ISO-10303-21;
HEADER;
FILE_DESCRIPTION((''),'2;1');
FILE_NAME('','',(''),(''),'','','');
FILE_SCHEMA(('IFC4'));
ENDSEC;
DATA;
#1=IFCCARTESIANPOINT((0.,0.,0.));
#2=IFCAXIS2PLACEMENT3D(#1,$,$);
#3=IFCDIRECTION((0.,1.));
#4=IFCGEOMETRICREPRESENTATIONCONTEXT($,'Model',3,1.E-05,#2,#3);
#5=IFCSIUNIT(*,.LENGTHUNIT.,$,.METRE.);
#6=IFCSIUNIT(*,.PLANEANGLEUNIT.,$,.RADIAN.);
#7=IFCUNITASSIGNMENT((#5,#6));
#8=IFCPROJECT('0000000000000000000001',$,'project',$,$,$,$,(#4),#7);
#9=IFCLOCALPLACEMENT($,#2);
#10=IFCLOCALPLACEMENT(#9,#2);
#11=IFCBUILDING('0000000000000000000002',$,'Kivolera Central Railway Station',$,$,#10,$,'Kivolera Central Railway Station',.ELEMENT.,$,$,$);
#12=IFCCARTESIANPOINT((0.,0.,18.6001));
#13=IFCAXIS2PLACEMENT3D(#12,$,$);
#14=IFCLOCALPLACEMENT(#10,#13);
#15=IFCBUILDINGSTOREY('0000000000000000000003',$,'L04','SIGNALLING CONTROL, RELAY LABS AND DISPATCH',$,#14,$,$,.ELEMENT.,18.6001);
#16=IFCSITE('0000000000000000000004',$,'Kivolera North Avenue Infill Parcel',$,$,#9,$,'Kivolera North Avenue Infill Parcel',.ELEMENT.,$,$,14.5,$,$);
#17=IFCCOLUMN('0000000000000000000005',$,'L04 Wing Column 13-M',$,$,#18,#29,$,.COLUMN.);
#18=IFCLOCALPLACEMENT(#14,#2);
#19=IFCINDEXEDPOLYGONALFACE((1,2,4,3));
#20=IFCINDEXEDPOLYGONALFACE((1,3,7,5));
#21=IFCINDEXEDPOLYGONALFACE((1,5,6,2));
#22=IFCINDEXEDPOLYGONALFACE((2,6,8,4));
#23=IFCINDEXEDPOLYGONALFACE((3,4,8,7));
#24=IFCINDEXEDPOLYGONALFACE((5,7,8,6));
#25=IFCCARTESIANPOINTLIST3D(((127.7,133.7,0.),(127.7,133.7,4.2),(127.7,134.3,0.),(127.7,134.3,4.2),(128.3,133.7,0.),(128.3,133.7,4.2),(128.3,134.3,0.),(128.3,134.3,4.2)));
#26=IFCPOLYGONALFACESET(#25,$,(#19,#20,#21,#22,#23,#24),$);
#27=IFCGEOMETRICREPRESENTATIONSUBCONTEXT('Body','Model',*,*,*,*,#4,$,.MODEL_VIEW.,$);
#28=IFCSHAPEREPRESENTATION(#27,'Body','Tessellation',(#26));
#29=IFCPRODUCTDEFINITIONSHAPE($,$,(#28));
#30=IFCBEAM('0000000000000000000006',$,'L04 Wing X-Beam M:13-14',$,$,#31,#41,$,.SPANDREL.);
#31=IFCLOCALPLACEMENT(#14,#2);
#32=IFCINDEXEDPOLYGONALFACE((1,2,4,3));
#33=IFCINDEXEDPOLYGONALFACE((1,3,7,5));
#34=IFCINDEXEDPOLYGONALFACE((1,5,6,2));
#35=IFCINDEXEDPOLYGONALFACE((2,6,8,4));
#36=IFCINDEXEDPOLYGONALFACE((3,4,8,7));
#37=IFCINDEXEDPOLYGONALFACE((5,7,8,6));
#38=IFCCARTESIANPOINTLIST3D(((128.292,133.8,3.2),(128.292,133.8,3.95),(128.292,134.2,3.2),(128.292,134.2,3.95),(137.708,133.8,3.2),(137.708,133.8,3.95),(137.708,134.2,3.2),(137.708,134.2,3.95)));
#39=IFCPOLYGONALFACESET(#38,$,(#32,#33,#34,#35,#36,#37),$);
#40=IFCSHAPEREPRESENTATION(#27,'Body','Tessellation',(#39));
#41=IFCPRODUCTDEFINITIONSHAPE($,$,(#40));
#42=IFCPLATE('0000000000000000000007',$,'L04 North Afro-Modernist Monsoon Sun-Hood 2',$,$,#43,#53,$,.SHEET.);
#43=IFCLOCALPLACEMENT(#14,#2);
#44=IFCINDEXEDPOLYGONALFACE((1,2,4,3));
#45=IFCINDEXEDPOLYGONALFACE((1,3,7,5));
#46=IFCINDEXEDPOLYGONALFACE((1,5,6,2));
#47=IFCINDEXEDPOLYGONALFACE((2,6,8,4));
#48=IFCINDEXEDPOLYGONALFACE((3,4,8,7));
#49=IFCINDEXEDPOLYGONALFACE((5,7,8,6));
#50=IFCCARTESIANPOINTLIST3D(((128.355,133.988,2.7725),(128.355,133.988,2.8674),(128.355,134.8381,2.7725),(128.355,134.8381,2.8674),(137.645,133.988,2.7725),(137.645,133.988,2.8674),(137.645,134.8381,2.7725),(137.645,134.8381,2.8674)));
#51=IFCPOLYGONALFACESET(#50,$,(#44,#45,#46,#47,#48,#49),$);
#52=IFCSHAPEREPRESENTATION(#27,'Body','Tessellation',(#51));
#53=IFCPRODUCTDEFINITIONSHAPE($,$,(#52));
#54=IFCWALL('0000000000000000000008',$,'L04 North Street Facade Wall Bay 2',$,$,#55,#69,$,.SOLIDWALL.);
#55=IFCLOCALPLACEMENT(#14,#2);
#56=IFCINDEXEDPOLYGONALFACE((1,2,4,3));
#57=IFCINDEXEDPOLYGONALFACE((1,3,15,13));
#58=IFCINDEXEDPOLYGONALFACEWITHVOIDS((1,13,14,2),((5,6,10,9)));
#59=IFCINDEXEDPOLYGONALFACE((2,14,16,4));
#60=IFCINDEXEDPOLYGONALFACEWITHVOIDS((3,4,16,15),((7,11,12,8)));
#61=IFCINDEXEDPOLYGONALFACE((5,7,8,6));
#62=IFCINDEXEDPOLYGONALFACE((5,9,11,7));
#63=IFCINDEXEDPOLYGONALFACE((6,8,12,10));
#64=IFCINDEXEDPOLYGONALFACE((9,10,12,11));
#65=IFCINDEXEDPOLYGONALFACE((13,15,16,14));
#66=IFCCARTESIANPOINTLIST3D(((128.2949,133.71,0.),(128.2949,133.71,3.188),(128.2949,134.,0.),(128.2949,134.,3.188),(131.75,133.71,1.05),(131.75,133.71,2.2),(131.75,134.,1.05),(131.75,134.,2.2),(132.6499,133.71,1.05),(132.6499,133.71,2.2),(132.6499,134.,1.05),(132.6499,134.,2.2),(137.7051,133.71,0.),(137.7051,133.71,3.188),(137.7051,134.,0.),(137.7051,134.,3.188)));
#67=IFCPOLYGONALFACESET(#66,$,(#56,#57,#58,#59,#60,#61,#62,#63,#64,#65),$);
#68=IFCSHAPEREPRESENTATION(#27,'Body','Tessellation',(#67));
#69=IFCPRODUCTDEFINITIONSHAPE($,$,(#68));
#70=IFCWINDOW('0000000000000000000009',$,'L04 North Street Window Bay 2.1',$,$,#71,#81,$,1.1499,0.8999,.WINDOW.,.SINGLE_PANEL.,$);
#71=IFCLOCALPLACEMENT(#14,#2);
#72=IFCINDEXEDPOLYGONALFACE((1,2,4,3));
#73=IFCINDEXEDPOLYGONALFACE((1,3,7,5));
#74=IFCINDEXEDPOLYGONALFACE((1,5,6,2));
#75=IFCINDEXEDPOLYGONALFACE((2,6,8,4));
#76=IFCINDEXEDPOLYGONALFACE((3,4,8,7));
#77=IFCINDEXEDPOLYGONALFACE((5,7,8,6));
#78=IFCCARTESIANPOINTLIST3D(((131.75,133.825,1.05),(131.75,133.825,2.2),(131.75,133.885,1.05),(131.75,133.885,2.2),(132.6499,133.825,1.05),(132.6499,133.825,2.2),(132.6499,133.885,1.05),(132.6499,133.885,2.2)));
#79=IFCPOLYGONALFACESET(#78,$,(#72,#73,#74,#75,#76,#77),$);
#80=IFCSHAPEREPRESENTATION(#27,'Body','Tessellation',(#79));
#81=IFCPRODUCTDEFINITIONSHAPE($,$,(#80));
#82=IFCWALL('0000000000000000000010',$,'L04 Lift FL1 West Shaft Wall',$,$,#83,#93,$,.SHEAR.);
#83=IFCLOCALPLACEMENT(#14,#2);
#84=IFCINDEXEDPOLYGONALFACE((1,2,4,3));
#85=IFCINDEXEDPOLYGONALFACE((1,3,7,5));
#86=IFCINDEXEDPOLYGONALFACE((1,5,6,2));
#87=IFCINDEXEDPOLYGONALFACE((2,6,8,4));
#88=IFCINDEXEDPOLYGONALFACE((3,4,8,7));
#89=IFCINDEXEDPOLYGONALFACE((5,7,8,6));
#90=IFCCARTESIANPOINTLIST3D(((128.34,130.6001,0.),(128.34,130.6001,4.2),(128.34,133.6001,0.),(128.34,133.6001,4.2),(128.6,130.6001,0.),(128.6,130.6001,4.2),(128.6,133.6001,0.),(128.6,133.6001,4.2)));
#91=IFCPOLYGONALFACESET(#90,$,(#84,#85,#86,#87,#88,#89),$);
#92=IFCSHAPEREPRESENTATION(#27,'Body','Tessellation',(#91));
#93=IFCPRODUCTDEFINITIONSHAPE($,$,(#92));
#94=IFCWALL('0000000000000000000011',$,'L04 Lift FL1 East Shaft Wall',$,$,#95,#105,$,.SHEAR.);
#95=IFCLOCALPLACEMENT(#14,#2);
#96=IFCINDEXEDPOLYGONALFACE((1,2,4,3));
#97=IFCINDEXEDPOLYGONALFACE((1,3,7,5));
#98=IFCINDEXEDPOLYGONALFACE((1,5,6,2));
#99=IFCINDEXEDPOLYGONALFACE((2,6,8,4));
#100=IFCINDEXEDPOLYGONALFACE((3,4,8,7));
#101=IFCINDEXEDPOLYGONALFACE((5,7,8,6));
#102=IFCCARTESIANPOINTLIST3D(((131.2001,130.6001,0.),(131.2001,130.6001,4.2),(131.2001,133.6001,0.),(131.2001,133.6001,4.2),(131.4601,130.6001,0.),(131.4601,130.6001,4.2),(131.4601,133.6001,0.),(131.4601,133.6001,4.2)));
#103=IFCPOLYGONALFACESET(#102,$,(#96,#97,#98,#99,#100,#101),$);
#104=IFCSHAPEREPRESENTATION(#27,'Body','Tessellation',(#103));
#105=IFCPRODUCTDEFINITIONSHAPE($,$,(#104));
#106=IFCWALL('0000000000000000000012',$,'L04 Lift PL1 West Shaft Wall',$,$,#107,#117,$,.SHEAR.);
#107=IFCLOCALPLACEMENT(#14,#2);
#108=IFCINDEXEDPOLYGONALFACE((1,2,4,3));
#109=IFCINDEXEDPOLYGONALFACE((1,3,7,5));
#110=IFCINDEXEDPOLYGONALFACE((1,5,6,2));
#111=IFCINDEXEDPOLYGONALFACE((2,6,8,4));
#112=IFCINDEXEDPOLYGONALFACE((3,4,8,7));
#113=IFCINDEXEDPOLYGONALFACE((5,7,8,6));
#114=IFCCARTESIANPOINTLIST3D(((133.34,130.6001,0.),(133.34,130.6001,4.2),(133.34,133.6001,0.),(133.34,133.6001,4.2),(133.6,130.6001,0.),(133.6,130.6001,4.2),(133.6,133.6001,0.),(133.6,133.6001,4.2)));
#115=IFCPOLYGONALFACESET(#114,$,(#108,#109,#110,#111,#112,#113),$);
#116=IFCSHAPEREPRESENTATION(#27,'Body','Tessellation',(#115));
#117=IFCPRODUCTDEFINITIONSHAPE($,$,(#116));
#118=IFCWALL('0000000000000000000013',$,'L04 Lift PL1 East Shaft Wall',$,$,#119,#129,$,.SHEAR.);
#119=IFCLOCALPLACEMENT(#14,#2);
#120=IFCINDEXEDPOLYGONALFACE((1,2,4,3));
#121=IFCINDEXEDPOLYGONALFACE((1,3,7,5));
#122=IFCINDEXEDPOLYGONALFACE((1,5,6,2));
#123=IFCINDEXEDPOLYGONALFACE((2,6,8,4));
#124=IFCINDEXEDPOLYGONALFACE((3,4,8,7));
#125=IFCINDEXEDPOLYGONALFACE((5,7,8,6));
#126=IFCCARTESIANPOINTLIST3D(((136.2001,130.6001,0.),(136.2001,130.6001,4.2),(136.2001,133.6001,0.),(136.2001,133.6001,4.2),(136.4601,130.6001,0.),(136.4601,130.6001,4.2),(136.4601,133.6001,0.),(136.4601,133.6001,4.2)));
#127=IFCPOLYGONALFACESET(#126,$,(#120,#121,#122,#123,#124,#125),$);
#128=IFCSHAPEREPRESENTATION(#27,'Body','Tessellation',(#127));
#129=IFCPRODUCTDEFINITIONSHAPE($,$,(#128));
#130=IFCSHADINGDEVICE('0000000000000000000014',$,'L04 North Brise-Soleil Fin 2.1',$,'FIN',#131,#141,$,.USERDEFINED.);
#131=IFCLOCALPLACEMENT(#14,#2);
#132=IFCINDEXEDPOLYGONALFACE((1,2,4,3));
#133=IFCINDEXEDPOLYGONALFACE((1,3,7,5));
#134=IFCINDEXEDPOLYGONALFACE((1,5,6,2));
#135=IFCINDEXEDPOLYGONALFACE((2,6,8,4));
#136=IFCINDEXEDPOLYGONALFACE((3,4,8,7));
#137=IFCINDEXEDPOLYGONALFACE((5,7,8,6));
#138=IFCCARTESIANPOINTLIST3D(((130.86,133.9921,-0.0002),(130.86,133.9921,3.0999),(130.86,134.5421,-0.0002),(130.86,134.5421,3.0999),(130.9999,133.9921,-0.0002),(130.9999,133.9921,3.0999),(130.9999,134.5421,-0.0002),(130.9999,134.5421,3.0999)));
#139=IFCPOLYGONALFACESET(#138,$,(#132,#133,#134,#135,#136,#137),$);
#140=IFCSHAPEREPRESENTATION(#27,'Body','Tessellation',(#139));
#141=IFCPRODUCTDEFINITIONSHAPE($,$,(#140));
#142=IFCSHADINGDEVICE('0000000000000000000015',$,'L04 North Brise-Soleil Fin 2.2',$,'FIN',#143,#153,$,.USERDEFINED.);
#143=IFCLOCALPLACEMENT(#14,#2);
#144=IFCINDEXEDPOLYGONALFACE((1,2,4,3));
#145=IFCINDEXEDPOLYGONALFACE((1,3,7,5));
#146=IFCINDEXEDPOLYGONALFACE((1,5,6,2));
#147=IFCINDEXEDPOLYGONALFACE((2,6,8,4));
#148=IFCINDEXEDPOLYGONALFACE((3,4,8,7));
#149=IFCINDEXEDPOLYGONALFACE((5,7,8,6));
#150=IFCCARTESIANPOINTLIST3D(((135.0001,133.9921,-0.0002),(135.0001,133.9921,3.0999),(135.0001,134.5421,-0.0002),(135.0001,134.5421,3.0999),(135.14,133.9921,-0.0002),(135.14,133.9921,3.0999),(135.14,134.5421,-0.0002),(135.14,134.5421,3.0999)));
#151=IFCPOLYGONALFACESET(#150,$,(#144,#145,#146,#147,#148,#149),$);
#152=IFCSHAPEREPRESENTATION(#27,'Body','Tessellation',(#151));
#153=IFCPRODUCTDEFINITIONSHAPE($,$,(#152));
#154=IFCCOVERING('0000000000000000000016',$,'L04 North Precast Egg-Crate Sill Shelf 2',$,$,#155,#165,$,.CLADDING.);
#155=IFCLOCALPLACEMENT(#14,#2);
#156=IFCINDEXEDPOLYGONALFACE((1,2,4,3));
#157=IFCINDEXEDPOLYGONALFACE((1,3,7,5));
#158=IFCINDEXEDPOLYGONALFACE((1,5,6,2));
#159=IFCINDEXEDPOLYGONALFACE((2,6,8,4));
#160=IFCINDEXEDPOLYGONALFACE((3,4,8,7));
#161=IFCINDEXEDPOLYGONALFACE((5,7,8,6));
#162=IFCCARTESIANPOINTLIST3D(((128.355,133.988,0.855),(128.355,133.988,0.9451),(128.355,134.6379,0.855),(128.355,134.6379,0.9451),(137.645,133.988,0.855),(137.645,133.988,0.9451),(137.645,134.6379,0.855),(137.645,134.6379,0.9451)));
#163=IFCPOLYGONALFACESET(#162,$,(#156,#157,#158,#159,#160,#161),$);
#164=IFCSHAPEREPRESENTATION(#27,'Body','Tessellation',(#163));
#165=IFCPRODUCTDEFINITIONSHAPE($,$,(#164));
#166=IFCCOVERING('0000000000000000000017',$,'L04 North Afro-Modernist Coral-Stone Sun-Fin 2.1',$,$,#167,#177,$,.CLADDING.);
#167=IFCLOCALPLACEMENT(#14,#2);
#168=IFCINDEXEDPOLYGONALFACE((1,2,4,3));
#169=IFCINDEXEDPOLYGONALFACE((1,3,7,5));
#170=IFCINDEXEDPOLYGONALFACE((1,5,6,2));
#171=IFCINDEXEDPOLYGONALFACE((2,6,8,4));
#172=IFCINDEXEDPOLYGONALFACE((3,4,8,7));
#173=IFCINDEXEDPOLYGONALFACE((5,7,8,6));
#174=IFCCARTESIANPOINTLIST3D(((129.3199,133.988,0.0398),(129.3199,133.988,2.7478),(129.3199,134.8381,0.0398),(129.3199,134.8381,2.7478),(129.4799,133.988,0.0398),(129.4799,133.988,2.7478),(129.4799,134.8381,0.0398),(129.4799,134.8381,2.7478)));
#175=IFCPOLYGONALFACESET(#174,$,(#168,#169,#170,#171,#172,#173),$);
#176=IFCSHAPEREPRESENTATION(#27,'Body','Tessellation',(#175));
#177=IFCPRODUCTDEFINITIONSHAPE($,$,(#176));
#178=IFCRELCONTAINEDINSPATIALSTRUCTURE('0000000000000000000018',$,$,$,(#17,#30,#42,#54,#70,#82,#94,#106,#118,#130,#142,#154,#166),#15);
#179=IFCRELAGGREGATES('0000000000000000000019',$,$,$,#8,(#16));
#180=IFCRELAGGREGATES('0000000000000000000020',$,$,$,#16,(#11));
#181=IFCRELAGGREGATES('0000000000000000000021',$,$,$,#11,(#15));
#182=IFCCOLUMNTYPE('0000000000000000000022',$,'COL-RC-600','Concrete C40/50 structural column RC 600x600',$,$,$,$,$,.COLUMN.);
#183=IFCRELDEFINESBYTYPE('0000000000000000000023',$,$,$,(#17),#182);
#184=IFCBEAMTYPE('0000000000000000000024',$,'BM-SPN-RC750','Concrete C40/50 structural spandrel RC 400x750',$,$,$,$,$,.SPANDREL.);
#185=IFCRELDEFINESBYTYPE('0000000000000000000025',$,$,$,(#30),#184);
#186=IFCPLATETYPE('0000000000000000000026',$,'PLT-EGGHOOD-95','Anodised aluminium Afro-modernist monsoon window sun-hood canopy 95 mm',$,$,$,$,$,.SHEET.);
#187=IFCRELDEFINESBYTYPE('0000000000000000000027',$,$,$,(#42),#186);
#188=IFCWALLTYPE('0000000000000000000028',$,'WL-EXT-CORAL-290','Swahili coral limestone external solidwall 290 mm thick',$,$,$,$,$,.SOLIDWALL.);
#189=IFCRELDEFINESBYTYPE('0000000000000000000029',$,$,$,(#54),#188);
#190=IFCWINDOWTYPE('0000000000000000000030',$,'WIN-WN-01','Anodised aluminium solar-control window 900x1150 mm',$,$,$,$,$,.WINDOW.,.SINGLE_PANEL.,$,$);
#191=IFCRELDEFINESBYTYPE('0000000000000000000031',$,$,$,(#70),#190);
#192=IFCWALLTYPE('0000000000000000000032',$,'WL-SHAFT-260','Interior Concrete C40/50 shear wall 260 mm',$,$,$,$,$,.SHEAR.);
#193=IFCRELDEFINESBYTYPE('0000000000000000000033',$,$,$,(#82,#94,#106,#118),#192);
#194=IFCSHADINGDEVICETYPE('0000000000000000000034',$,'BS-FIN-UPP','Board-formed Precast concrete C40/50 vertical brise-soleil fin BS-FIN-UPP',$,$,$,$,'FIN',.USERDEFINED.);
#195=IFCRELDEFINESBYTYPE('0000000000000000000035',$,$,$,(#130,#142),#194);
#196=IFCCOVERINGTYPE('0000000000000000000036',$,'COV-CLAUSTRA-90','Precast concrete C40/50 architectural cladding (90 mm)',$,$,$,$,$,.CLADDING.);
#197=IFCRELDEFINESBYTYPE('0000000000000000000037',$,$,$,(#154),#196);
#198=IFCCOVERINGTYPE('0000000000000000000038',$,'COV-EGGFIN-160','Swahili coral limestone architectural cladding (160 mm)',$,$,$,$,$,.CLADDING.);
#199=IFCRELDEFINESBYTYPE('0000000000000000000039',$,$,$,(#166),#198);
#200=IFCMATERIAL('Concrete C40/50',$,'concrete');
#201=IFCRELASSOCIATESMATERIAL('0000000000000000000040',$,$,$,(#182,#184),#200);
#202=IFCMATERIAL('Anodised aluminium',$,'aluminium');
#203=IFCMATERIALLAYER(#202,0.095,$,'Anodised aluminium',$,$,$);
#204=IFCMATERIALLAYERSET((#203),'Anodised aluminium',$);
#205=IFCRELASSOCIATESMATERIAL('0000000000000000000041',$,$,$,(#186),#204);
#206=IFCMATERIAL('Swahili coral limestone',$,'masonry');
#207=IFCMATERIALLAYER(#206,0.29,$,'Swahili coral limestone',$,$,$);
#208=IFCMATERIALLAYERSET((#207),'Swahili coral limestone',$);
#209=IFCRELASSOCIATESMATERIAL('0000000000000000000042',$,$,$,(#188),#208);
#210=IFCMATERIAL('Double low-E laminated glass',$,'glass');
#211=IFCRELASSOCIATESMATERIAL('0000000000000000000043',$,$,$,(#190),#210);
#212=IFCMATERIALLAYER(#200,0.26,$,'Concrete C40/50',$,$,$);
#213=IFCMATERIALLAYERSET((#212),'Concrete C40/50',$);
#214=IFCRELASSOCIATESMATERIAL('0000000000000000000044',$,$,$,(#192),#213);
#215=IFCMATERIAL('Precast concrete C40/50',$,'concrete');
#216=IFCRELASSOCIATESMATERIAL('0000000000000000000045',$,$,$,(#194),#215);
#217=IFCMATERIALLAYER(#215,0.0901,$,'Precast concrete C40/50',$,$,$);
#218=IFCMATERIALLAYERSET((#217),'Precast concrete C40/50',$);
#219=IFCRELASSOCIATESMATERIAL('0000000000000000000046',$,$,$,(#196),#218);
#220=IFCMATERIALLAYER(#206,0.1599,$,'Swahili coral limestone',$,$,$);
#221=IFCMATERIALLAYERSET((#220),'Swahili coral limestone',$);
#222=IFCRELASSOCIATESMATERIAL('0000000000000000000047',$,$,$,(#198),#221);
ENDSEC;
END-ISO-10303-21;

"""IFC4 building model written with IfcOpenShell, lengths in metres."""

from ifc_helpers import new_model, si_unit, direction, frame, frame_2d, origin, origin_2d, place, context, subcontext, project, spatial, rectangle, extrude, material, layer, layer_set, material_profile, profile_set, type_object, element, fill, save


model = new_model("IFC4")

# Units and contexts
model_context = context("Model", 3, precision=1e-05, world=origin(), true_north=direction((0.0, 1.0)))
body_context = subcontext(model_context, "Body", "Model", "MODEL_VIEW")
ifc_project = project(units=[si_unit("LENGTHUNIT", "METRE"), si_unit("PLANEANGLEUNIT", "RADIAN")], contexts=[model_context])

# Site, building, storey
site_placement = place(None, origin())
site = spatial("IfcSite", under=ifc_project, at=site_placement, Name="Kivolera North Avenue Infill Parcel", LongName="Kivolera North Avenue Infill Parcel", CompositionType="ELEMENT", RefElevation=14.5)
building_placement = place(site_placement, origin())
building = spatial("IfcBuilding", under=site, at=building_placement, Name="Kivolera Central Railway Station", LongName="Kivolera Central Railway Station", CompositionType="ELEMENT")
storey_placement = place(building_placement, frame((0.0, 0.0, 18.6001)))
storey = spatial("IfcBuildingStorey", under=building, at=storey_placement, Name="L04", Description="SIGNALLING CONTROL, RELAY LABS AND DISPATCH", CompositionType="ELEMENT", Elevation=18.6001)

# Column
ifc_material_1 = material(Name="Concrete C40/50", Category="concrete")
ifc_material_profile_1 = material_profile(ifc_material_1, rectangle(XDim=0.6001, YDim=0.6001, at=origin_2d()), Name="RC 600x600")
ifc_profile_set_1 = profile_set([ifc_material_profile_1], Name="Concrete C40/50")
column_type = type_object("IfcColumnType", Name="COL-RC-600", Description="Concrete C40/50 structural column RC 600x600", PredefinedType="COLUMN", material=ifc_profile_set_1)
column_placement = place(storey_placement, frame((128.0, 134.0, 0.0), z_axis=(0.0, 0.0, 1.0), x_axis=(1.0, 0.0, 0.0)))
element("IfcColumn", 1, at=column_placement, inside=storey, type_object=column_type, Name="L04 Wing Column 13-M", PredefinedType="COLUMN", context=body_context, shape_type="SweptSolid", body=[
    extrude(rectangle(XDim=0.6001, YDim=0.6001, at=origin_2d()), origin(), (0.0, 0.0, 1.0), 4.2),
])

# Beam
ifc_material_profile_2 = material_profile(ifc_material_1, rectangle(XDim=0.3999, YDim=0.75, at=origin_2d()), Name="RC 400x750")
ifc_profile_set_2 = profile_set([ifc_material_profile_2], Name="Concrete C40/50")
beam_type = type_object("IfcBeamType", Name="BM-SPN-RC750", Description="Concrete C40/50 structural spandrel RC 400x750", PredefinedType="SPANDREL", material=ifc_profile_set_2)
beam_placement = place(storey_placement, frame((128.292, 134.0, 3.575), z_axis=(1.0, 0.0, 0.0), x_axis=(0.0, 1.0, 0.0)))
element("IfcBeam", 2, at=beam_placement, inside=storey, type_object=beam_type, Name="L04 Wing X-Beam M:13-14", PredefinedType="SPANDREL", context=body_context, shape_type="SweptSolid", body=[
    extrude(rectangle(XDim=0.3999, YDim=0.75, at=origin_2d()), origin(), (0.0, 0.0, 1.0), 9.416),
])

# Plate
ifc_material_2 = material(Name="Anodised aluminium", Category="aluminium")
ifc_layer_1 = layer(ifc_material_2, 0.095, Name="Anodised aluminium")
ifc_layer_set_1 = layer_set([ifc_layer_1], Name="Anodised aluminium")
plate_type = type_object("IfcPlateType", Name="PLT-EGGHOOD-95", Description="Anodised aluminium Afro-modernist monsoon window sun-hood canopy 95 mm", PredefinedType="SHEET", material=ifc_layer_set_1)
plate_placement = place(storey_placement, frame((133.0, 134.4131, 2.7725), z_axis=(0.0, 0.0, 1.0), x_axis=(1.0, 0.0, 0.0)))
element("IfcPlate", 3, at=plate_placement, inside=storey, type_object=plate_type, Name="L04 North Afro-Modernist Monsoon Sun-Hood 2", PredefinedType="SHEET", context=body_context, shape_type="SweptSolid", body=[
    extrude(rectangle(XDim=9.29, YDim=0.8501, at=origin_2d()), origin(), (0.0, 0.0, 1.0), 0.095),
])

# Wall, opening, window
ifc_material_3 = material(Name="Swahili coral limestone", Category="masonry")
ifc_layer_2 = layer(ifc_material_3, 0.29, Name="Swahili coral limestone")
ifc_layer_set_2 = layer_set([ifc_layer_2], Name="Swahili coral limestone")
wall_type_1 = type_object("IfcWallType", Name="WL-EXT-CORAL-290", Description="Swahili coral limestone external solidwall 290 mm thick", PredefinedType="SOLIDWALL", material=ifc_layer_set_2)
wall_1_placement = place(storey_placement, frame((128.2949, 133.855, 0.0), z_axis=(0.0, 0.0, 1.0), x_axis=(1.0, 0.0, 0.0)))
wall_1 = element("IfcWall", 4, at=wall_1_placement, inside=storey, type_object=wall_type_1, Name="L04 North Street Facade Wall Bay 2", PredefinedType="SOLIDWALL", context=body_context, shape_type="SweptSolid", body=[
    extrude(rectangle(XDim=9.4102, YDim=0.29, at=frame_2d((4.7051, 0.0))), origin(), (0.0, 0.0, 1.0), 3.188),
])
opening_1_placement = place(wall_1_placement, frame((3.4551, 0.0, 1.05)))
opening_1 = element("IfcOpeningElement", 5, at=opening_1_placement, cuts=wall_1, PredefinedType="OPENING", context=body_context, shape_type="SweptSolid", body=[
    extrude(rectangle(XDim=0.8999, YDim=1.1499, at=frame_2d((0.45, 0.575))), frame((0.0, 0.155, 0.0), z_axis=(0.0, -1.0, 0.0), x_axis=(1.0, 0.0, 0.0)), (0.0, 0.0, 1.0), 0.3101),
])
ifc_material_4 = material(Name="Double low-E laminated glass", Category="glass")
window_type = type_object("IfcWindowType", Name="WIN-WN-01", Description="Anodised aluminium solar-control window 900x1150 mm", PartitioningType="SINGLE_PANEL", PredefinedType="WINDOW", material=ifc_material_4)
window_placement = place(opening_1_placement, origin())
window = element("IfcWindow", 6, at=window_placement, inside=storey, type_object=window_type, Name="L04 North Street Window Bay 2.1", OverallHeight=1.1499, OverallWidth=0.8999, PartitioningType="SINGLE_PANEL", PredefinedType="WINDOW", context=body_context, shape_type="SweptSolid", body=[
    extrude(rectangle(XDim=0.8999, YDim=1.1499, at=frame_2d((0.45, 0.575))), frame((0.0, 0.03, 0.0), z_axis=(0.0, -1.0, 0.0), x_axis=(1.0, 0.0, 0.0)), (0.0, 0.0, 1.0), 0.0601),
])
fill(opening_1, window)

# Walls
ifc_layer_3 = layer(ifc_material_1, 0.26, Name="Concrete C40/50")
ifc_layer_set_3 = layer_set([ifc_layer_3], Name="Concrete C40/50")
wall_type_2 = type_object("IfcWallType", Name="WL-SHAFT-260", Description="Interior Concrete C40/50 shear wall 260 mm", PredefinedType="SHEAR", material=ifc_layer_set_3)
for number, where, z_axis, x_axis, name in (
    (7, (128.47, 130.6001, 0.0), (0.0, 0.0, 1.0), (0.0, 1.0, 0.0), "L04 Lift FL1 West Shaft Wall"),
    (8, (131.3301, 130.6001, 0.0), (0.0, 0.0, 1.0), (0.0, 1.0, 0.0), "L04 Lift FL1 East Shaft Wall"),
):
    element("IfcWall", number, at=place(storey_placement, frame(where, z_axis=z_axis, x_axis=x_axis)), inside=storey, type_object=wall_type_2, Name=name, PredefinedType="SHEAR", context=body_context, shape_type="SweptSolid", body=[
        extrude(rectangle(XDim=3.0, YDim=0.26, at=frame_2d((1.5, 0.0))), origin(), (0.0, 0.0, 1.0), 4.2),
    ])

# Walls
for number, where, z_axis, x_axis, name in (
    (9, (133.47, 130.6001, 0.0), (0.0, 0.0, 1.0), (0.0, 1.0, 0.0), "L04 Lift PL1 West Shaft Wall"),
    (10, (136.3301, 130.6001, 0.0), (0.0, 0.0, 1.0), (0.0, 1.0, 0.0), "L04 Lift PL1 East Shaft Wall"),
):
    element("IfcWall", number, at=place(storey_placement, frame(where, z_axis=z_axis, x_axis=x_axis)), inside=storey, type_object=wall_type_2, Name=name, PredefinedType="SHEAR", context=body_context, shape_type="SweptSolid", body=[
        extrude(rectangle(XDim=3.0, YDim=0.26, at=frame_2d((1.5, 0.0))), origin(), (0.0, 0.0, 1.0), 4.2),
    ])

# Shading devices
ifc_material_5 = material(Name="Precast concrete C40/50", Category="concrete")
shading_device_type = type_object("IfcShadingDeviceType", Name="BS-FIN-UPP", Description="Board-formed Precast concrete C40/50 vertical brise-soleil fin BS-FIN-UPP", ElementType="FIN", PredefinedType="USERDEFINED", material=ifc_material_5)
for number, where, z_axis, x_axis, name in (
    (11, (130.9299, 134.2671, -0.0002), (0.0, 0.0, 1.0), (1.0, 0.0, 0.0), "L04 North Brise-Soleil Fin 2.1"),
    (12, (135.0701, 134.2671, -0.0002), (0.0, 0.0, 1.0), (1.0, 0.0, 0.0), "L04 North Brise-Soleil Fin 2.2"),
):
    element("IfcShadingDevice", number, at=place(storey_placement, frame(where, z_axis=z_axis, x_axis=x_axis)), inside=storey, type_object=shading_device_type, Name=name, ObjectType="FIN", PredefinedType="USERDEFINED", context=body_context, shape_type="SweptSolid", body=[
        extrude(rectangle(XDim=0.1399, YDim=0.55, at=origin_2d()), origin(), (0.0, 0.0, 1.0), 3.1001),
    ])

# Coverings
ifc_layer_4 = layer(ifc_material_5, 0.0901, Name="Precast concrete C40/50")
ifc_layer_set_4 = layer_set([ifc_layer_4], Name="Precast concrete C40/50")
covering_type_1 = type_object("IfcCoveringType", Name="COV-CLAUSTRA-90", Description="Precast concrete C40/50 architectural cladding (90 mm)", PredefinedType="CLADDING", material=ifc_layer_set_4)
covering_1_placement = place(storey_placement, frame((133.0, 134.313, 0.855), z_axis=(0.0, 0.0, 1.0), x_axis=(1.0, 0.0, 0.0)))
element("IfcCovering", 13, at=covering_1_placement, inside=storey, type_object=covering_type_1, Name="L04 North Precast Egg-Crate Sill Shelf 2", PredefinedType="CLADDING", context=body_context, shape_type="SweptSolid", body=[
    extrude(rectangle(XDim=9.29, YDim=0.6499, at=origin_2d()), origin(), (0.0, 0.0, 1.0), 0.0901),
])
ifc_layer_5 = layer(ifc_material_3, 0.1599, Name="Swahili coral limestone")
ifc_layer_set_5 = layer_set([ifc_layer_5], Name="Swahili coral limestone")
covering_type_2 = type_object("IfcCoveringType", Name="COV-EGGFIN-160", Description="Swahili coral limestone architectural cladding (160 mm)", PredefinedType="CLADDING", material=ifc_layer_set_5)
for number, where, z_axis, x_axis, name in (
    (14, (129.3999, 134.4131, 0.0398), (0.0, 0.0, 1.0), (1.0, 0.0, 0.0), "L04 North Afro-Modernist Coral-Stone Sun-Fin 2.1"),
):
    element("IfcCovering", number, at=place(storey_placement, frame(where, z_axis=z_axis, x_axis=x_axis)), inside=storey, type_object=covering_type_2, Name=name, PredefinedType="CLADDING", context=body_context, shape_type="SweptSolid", body=[
        extrude(rectangle(XDim=0.1599, YDim=0.8501, at=origin_2d()), origin(), (0.0, 0.0, 1.0), 2.708),
    ])

save(model, "model.ifc")
